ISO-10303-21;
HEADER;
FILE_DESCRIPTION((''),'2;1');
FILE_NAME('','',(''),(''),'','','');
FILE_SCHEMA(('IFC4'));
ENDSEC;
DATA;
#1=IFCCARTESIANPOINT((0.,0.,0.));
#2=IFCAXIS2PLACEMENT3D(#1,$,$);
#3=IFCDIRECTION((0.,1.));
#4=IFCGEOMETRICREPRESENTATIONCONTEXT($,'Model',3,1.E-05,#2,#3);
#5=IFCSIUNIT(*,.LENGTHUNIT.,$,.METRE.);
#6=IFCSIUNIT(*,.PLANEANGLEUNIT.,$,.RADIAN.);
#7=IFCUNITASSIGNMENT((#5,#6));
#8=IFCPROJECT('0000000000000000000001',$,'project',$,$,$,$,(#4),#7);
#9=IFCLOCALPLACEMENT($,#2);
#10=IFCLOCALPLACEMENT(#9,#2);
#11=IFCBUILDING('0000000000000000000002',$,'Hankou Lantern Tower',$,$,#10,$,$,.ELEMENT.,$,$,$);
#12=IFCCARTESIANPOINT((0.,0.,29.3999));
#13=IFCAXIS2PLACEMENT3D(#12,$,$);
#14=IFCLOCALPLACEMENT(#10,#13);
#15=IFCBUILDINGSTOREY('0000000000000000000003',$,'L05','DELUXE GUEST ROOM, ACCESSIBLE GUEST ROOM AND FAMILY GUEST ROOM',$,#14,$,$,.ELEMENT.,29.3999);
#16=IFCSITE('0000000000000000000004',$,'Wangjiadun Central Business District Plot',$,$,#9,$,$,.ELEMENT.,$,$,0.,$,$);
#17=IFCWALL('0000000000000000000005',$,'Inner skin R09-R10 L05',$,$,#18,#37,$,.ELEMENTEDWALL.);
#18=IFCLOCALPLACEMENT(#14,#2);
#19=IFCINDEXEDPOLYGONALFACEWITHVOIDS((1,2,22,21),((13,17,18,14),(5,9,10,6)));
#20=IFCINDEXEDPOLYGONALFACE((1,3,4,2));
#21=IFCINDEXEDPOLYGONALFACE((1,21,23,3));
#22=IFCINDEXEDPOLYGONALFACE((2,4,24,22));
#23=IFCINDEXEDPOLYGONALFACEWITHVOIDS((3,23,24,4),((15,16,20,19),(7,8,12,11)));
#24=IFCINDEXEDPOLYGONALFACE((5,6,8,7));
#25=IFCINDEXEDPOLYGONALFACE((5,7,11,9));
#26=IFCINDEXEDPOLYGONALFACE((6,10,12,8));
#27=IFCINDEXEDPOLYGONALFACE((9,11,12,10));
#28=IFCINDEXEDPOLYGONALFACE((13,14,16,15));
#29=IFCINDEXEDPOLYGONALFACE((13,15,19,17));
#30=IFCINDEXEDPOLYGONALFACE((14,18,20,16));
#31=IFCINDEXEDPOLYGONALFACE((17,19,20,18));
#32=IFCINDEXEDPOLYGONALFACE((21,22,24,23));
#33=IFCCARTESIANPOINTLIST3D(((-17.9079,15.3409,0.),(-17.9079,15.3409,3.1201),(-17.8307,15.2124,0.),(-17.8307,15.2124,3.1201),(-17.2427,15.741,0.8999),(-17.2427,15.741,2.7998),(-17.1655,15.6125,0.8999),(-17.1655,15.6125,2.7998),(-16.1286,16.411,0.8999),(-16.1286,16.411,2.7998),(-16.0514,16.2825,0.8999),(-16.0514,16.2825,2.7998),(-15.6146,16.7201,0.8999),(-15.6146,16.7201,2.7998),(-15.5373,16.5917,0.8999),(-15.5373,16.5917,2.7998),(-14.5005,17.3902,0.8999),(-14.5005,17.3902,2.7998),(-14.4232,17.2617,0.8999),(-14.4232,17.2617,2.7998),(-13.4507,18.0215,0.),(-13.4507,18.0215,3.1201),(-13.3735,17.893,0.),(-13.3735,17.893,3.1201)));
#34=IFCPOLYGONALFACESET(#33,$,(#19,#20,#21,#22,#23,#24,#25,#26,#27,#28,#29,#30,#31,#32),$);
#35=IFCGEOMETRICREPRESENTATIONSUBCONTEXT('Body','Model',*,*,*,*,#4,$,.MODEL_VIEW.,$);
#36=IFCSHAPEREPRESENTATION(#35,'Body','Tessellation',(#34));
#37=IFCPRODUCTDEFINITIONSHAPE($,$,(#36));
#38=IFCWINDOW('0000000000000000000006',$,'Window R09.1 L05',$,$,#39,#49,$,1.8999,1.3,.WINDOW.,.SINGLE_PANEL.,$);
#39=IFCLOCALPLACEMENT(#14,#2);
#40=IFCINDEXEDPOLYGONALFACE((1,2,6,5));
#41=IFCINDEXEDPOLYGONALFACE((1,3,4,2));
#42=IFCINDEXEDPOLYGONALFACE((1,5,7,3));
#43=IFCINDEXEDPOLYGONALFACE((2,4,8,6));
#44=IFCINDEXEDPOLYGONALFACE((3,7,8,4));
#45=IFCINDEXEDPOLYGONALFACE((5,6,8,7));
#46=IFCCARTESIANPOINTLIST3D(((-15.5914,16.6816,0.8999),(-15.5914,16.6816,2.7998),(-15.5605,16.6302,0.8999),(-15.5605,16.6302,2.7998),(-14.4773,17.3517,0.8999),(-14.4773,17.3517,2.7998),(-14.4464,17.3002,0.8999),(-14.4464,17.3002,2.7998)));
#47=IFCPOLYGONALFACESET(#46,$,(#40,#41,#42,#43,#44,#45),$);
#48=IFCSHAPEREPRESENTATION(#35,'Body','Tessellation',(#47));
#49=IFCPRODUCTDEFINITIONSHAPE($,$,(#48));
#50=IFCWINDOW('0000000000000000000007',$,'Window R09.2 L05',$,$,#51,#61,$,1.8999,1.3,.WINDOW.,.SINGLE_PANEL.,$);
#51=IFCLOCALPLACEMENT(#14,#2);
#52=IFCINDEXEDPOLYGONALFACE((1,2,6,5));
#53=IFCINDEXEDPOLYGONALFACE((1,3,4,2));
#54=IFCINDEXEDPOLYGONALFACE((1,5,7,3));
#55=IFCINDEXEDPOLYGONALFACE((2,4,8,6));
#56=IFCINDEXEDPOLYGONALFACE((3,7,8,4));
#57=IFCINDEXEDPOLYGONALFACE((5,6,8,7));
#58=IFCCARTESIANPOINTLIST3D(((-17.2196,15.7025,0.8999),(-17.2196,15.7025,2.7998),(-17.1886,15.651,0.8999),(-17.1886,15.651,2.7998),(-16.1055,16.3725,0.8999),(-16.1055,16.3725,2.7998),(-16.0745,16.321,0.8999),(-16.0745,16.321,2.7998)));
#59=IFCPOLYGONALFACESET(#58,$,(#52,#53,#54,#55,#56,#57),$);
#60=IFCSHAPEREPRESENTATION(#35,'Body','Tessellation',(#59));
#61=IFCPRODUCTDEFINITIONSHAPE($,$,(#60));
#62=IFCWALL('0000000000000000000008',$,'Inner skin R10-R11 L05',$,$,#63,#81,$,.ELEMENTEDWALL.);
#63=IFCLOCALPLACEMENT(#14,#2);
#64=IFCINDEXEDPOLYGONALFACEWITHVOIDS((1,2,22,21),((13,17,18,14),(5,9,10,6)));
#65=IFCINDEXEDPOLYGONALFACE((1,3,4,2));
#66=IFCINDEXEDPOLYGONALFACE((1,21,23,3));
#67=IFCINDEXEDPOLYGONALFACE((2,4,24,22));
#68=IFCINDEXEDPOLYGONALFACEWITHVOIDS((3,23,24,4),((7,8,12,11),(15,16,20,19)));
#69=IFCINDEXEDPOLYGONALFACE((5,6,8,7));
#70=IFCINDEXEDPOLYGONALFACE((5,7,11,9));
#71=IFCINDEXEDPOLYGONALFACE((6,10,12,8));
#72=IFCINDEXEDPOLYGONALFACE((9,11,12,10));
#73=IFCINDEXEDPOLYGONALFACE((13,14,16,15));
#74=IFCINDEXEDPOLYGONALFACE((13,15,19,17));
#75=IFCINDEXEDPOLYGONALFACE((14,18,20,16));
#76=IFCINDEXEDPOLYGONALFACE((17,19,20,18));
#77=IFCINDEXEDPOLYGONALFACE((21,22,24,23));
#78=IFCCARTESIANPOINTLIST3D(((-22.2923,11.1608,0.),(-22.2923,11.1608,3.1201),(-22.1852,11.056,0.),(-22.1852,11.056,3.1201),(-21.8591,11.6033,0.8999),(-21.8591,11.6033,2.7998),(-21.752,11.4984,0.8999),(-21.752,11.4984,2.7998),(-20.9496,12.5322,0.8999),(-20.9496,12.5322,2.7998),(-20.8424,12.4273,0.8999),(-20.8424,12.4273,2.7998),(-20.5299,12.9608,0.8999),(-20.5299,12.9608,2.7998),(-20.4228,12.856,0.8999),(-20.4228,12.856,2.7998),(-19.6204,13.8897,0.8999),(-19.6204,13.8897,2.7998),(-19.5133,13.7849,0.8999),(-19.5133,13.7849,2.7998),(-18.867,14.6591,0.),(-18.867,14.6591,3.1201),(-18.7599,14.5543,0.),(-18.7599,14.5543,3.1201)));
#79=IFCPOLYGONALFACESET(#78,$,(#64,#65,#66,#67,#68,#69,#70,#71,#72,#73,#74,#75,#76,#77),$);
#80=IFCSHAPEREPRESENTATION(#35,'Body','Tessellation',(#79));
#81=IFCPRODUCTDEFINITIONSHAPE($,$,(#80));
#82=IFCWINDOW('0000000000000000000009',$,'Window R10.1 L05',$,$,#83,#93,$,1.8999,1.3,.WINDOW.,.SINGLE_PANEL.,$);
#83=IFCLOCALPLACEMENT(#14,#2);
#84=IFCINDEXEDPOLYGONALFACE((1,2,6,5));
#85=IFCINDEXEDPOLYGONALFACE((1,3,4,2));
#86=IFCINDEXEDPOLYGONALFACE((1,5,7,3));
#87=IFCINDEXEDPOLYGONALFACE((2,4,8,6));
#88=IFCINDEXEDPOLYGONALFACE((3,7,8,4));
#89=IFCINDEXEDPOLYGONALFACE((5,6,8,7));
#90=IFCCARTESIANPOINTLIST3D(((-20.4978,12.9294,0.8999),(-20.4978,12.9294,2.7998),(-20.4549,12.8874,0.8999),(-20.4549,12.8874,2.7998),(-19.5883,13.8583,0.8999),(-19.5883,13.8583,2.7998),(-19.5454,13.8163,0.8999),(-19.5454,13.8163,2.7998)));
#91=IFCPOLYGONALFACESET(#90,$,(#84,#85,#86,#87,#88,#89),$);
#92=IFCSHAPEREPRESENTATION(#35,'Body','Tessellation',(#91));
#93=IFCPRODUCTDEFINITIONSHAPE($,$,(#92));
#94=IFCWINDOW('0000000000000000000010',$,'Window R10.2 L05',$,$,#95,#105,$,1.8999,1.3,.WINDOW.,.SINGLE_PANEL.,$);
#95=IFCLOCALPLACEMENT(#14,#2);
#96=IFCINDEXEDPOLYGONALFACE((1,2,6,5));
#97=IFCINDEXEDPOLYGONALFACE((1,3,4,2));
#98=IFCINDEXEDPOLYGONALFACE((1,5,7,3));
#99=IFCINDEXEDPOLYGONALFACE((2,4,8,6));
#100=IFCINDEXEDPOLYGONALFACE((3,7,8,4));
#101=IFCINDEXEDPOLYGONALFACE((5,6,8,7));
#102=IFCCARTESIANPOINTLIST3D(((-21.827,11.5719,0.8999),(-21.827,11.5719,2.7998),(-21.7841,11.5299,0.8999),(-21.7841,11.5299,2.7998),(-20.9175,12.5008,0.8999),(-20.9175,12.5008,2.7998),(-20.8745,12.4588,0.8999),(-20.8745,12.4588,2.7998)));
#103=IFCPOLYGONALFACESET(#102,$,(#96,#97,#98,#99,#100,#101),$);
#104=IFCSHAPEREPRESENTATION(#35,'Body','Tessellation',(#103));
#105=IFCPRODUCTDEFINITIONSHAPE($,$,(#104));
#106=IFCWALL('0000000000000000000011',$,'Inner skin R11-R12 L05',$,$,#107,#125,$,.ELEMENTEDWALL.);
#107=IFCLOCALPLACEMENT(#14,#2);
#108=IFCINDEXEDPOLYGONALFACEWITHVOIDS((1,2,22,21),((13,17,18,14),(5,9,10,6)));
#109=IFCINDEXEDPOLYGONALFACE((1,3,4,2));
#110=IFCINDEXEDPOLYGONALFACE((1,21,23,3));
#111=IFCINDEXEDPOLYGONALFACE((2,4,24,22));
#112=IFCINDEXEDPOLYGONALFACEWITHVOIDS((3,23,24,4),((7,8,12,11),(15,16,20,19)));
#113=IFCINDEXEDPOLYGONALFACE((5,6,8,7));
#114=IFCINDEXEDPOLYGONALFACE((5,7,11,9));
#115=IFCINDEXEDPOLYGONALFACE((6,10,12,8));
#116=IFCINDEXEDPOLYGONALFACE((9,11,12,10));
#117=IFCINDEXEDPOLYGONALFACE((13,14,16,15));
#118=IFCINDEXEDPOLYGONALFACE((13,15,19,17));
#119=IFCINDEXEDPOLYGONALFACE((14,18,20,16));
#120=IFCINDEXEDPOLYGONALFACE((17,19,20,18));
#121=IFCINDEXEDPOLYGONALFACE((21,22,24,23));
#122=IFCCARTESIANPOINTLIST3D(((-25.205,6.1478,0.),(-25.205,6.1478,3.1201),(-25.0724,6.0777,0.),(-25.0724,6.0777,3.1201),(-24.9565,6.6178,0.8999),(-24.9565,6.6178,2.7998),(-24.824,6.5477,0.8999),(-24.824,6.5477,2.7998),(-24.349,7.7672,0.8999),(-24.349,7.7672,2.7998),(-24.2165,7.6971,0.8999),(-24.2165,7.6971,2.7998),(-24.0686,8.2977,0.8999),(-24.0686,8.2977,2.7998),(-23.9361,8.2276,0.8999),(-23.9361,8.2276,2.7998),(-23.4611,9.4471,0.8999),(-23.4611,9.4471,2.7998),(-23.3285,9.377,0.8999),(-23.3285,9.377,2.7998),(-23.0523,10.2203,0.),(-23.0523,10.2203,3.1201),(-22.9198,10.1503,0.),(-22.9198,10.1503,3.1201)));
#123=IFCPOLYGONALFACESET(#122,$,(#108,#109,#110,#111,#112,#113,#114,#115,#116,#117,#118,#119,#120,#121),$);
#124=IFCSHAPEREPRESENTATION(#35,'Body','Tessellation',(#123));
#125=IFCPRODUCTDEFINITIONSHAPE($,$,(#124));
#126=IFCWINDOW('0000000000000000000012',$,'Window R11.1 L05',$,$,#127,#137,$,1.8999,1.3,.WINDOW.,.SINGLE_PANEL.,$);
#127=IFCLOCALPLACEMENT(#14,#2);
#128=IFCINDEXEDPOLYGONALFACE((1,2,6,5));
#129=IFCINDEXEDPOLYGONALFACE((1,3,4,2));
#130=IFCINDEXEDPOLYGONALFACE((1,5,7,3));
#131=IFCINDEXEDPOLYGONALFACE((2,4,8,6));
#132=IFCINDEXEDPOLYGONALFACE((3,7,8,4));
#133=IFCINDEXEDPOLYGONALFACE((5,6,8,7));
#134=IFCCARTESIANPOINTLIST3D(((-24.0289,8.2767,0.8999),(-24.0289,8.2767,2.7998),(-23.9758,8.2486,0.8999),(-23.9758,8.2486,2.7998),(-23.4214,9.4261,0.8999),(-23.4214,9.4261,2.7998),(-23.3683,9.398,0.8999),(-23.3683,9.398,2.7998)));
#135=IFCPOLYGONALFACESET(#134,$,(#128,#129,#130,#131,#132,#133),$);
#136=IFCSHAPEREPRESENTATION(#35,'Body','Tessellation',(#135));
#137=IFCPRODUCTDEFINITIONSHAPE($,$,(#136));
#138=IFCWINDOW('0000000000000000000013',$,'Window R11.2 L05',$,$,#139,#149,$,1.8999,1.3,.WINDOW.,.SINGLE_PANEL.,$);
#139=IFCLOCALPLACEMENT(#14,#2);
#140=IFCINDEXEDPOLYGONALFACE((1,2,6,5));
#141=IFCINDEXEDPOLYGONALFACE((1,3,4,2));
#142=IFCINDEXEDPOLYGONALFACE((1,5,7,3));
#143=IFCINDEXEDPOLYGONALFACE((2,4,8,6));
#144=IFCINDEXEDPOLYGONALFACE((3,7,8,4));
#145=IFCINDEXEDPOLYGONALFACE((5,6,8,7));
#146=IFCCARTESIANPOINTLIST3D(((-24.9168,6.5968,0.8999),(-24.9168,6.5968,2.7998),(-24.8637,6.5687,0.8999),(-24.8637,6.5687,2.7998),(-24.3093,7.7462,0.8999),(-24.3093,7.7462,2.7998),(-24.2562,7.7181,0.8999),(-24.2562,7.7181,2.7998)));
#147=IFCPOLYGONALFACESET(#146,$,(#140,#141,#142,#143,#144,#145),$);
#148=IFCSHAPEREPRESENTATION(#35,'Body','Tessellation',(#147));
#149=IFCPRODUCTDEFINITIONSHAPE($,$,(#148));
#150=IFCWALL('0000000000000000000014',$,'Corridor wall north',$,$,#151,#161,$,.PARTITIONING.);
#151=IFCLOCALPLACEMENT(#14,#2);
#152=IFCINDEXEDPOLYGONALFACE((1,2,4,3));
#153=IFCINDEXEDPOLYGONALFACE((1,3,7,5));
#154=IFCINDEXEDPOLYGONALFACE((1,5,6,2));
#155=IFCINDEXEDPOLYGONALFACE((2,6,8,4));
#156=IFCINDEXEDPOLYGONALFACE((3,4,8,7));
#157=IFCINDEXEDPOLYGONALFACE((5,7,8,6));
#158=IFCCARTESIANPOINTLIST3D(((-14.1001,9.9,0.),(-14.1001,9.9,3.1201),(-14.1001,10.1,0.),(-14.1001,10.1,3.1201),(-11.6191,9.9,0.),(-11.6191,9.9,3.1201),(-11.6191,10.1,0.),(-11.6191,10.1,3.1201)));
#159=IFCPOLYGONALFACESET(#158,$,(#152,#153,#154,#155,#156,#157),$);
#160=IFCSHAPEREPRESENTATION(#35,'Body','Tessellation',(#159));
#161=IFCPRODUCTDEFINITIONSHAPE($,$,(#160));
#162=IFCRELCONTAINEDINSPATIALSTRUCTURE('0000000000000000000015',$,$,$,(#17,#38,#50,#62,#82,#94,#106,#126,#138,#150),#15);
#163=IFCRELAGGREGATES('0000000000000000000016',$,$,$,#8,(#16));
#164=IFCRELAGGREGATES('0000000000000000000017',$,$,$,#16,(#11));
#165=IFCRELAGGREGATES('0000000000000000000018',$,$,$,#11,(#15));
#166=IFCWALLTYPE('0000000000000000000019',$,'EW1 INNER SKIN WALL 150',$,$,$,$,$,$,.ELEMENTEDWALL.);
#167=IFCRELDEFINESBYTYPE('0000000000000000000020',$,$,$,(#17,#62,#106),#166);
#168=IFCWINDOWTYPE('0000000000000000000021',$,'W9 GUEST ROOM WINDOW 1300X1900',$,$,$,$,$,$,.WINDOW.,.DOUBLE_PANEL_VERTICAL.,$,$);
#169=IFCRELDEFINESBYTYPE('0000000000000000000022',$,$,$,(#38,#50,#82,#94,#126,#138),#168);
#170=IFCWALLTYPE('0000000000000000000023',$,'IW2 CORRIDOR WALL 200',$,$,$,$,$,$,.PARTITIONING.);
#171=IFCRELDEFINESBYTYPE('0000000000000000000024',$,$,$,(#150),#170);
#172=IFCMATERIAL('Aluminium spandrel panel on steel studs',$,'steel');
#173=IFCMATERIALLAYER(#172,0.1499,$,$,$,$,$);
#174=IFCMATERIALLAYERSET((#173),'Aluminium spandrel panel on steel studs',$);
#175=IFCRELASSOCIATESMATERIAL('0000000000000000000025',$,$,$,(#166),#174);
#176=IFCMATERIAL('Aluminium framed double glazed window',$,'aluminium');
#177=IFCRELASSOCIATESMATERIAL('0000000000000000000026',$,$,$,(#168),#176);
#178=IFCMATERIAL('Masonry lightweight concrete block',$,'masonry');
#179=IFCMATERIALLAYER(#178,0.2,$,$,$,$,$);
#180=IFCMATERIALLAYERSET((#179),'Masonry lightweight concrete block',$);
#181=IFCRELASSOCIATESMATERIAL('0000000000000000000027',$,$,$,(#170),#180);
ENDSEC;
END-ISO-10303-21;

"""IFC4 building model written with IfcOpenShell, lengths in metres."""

from ifc_helpers import new_model, si_unit, direction, frame, frame_2d, origin, place, context, subcontext, project, spatial, rectangle, extrude, material, layer, layer_set, type_object, element, fill, save


model = new_model("IFC4")

# Units and contexts
model_context = context("Model", 3, precision=1e-05, world=origin(), true_north=direction((0.0, 1.0)))
body_context = subcontext(model_context, "Body", "Model", "MODEL_VIEW")
ifc_project = project(units=[si_unit("LENGTHUNIT", "METRE"), si_unit("PLANEANGLEUNIT", "RADIAN")], contexts=[model_context])

# Site, building, storey
site_placement = place(None, origin())
site = spatial("IfcSite", under=ifc_project, at=site_placement, Name="Wangjiadun Central Business District Plot", CompositionType="ELEMENT", RefElevation=0.0)
building_placement = place(site_placement, origin())
building = spatial("IfcBuilding", under=site, at=building_placement, Name="Hankou Lantern Tower", CompositionType="ELEMENT")
storey_placement = place(building_placement, frame((0.0, 0.0, 29.3999)))
storey = spatial("IfcBuildingStorey", under=building, at=storey_placement, Name="L05", Description="DELUXE GUEST ROOM, ACCESSIBLE GUEST ROOM AND FAMILY GUEST ROOM", CompositionType="ELEMENT", Elevation=29.3999)

# Walls, openings, windows
ifc_material_1 = material(Name="Aluminium spandrel panel on steel studs", Category="steel")
ifc_layer_1 = layer(ifc_material_1, 0.1499)
ifc_layer_set_1 = layer_set([ifc_layer_1], Name="Aluminium spandrel panel on steel studs")
wall_type_1 = type_object("IfcWallType", Name="EW1 INNER SKIN WALL 150", PredefinedType="ELEMENTEDWALL", material=ifc_layer_set_1)
wall_1_placement = place(storey_placement, frame((-13.4121, 17.9573, 0.0), z_axis=(0.0, 0.0, 1.0), x_axis=(-0.856958, -0.515386, 0.0)))
wall_1 = element("IfcWall", 1, at=wall_1_placement, inside=storey, type_object=wall_type_1, Name="Inner skin R09-R10 L05", PredefinedType="ELEMENTEDWALL", context=body_context, shape_type="SweptSolid", body=[
    extrude(rectangle(XDim=5.2012, YDim=0.1499, at=frame_2d((2.6006, 0.0))), origin(), (0.0, 0.0, 1.0), 3.1201),
])
opening_1_placement = place(wall_1_placement, frame((1.2251, 0.0, 0.8999)))
opening_1 = element("IfcOpeningElement", 2, at=opening_1_placement, cuts=wall_1, PredefinedType="OPENING", context=body_context, shape_type="SweptSolid", body=[
    extrude(rectangle(XDim=1.3, YDim=1.8999, at=frame_2d((0.6499, 0.95))), frame((0.0, 0.085, 0.0), z_axis=(0.0, -1.0, 0.0), x_axis=(1.0, 0.0, 0.0)), (0.0, 0.0, 1.0), 0.1699),
])
opening_2_placement = place(wall_1_placement, frame((3.125, 0.0, 0.8999)))
opening_2 = element("IfcOpeningElement", 3, at=opening_2_placement, cuts=wall_1, PredefinedType="OPENING", context=body_context, shape_type="SweptSolid", body=[
    extrude(rectangle(XDim=1.3, YDim=1.8999, at=frame_2d((0.6499, 0.95))), frame((0.0, 0.085, 0.0), z_axis=(0.0, -1.0, 0.0), x_axis=(1.0, 0.0, 0.0)), (0.0, 0.0, 1.0), 0.1699),
])
ifc_material_2 = material(Name="Aluminium framed double glazed window", Category="aluminium")
window_type = type_object("IfcWindowType", Name="W9 GUEST ROOM WINDOW 1300X1900", PartitioningType="DOUBLE_PANEL_VERTICAL", PredefinedType="WINDOW", material=ifc_material_2)
window_1_placement = place(opening_1_placement, origin())
window_1 = element("IfcWindow", 4, at=window_1_placement, inside=storey, type_object=window_type, Name="Window R09.1 L05", OverallHeight=1.8999, OverallWidth=1.3, PartitioningType="SINGLE_PANEL", PredefinedType="WINDOW", context=body_context, shape_type="SweptSolid", body=[
    extrude(rectangle(XDim=1.3, YDim=1.8999, at=frame_2d((0.6499, 0.95))), frame((0.0, 0.03, 0.0), z_axis=(0.0, -1.0, 0.0), x_axis=(1.0, 0.0, 0.0)), (0.0, 0.0, 1.0), 0.0601),
])
fill(opening_1, window_1)
window_2_placement = place(opening_2_placement, origin())
window_2 = element("IfcWindow", 5, at=window_2_placement, inside=storey, type_object=window_type, Name="Window R09.2 L05", OverallHeight=1.8999, OverallWidth=1.3, PartitioningType="SINGLE_PANEL", PredefinedType="WINDOW", context=body_context, shape_type="SweptSolid", body=[
    extrude(rectangle(XDim=1.3, YDim=1.8999, at=frame_2d((0.6499, 0.95))), frame((0.0, 0.03, 0.0), z_axis=(0.0, -1.0, 0.0), x_axis=(1.0, 0.0, 0.0)), (0.0, 0.0, 1.0), 0.0601),
])
fill(opening_2, window_2)
wall_2_placement = place(storey_placement, frame((-18.8135, 14.6067, 0.0), z_axis=(0.0, 0.0, 1.0), x_axis=(-0.699613, -0.714522, 0.0)))
wall_2 = element("IfcWall", 6, at=wall_2_placement, inside=storey, type_object=wall_type_1, Name="Inner skin R10-R11 L05", PredefinedType="ELEMENTEDWALL", context=body_context, shape_type="SweptSolid", body=[
    extrude(rectangle(XDim=4.896, YDim=0.1499, at=frame_2d((2.448, 0.0))), origin(), (0.0, 0.0, 1.0), 3.1201),
])
opening_3_placement = place(wall_2_placement, frame((1.0769, 0.0, 0.8999)))
opening_3 = element("IfcOpeningElement", 7, at=opening_3_placement, cuts=wall_2, PredefinedType="OPENING", context=body_context, shape_type="SweptSolid", body=[
    extrude(rectangle(XDim=1.3, YDim=1.8999, at=frame_2d((0.6499, 0.95))), frame((0.0, 0.085, 0.0), z_axis=(0.0, -1.0, 0.0), x_axis=(1.0, 0.0, 0.0)), (0.0, 0.0, 1.0), 0.1699),
])
opening_4_placement = place(wall_2_placement, frame((2.9768, 0.0, 0.8999)))
opening_4 = element("IfcOpeningElement", 8, at=opening_4_placement, cuts=wall_2, PredefinedType="OPENING", context=body_context, shape_type="SweptSolid", body=[
    extrude(rectangle(XDim=1.3, YDim=1.8999, at=frame_2d((0.6499, 0.95))), frame((0.0, 0.085, 0.0), z_axis=(0.0, -1.0, 0.0), x_axis=(1.0, 0.0, 0.0)), (0.0, 0.0, 1.0), 0.1699),
])
window_3_placement = place(opening_3_placement, origin())
window_3 = element("IfcWindow", 9, at=window_3_placement, inside=storey, type_object=window_type, Name="Window R10.1 L05", OverallHeight=1.8999, OverallWidth=1.3, PartitioningType="SINGLE_PANEL", PredefinedType="WINDOW", context=body_context, shape_type="SweptSolid", body=[
    extrude(rectangle(XDim=1.3, YDim=1.8999, at=frame_2d((0.6499, 0.95))), frame((0.0, 0.03, 0.0), z_axis=(0.0, -1.0, 0.0), x_axis=(1.0, 0.0, 0.0)), (0.0, 0.0, 1.0), 0.0601),
])
fill(opening_3, window_3)
window_4_placement = place(opening_4_placement, origin())
window_4 = element("IfcWindow", 10, at=window_4_placement, inside=storey, type_object=window_type, Name="Window R10.2 L05", OverallHeight=1.8999, OverallWidth=1.3, PartitioningType="SINGLE_PANEL", PredefinedType="WINDOW", context=body_context, shape_type="SweptSolid", body=[
    extrude(rectangle(XDim=1.3, YDim=1.8999, at=frame_2d((0.6499, 0.95))), frame((0.0, 0.03, 0.0), z_axis=(0.0, -1.0, 0.0), x_axis=(1.0, 0.0, 0.0)), (0.0, 0.0, 1.0), 0.0601),
])
fill(opening_4, window_4)
wall_3_placement = place(storey_placement, frame((-22.9861, 10.1853, 0.0), z_axis=(0.0, 0.0, 1.0), x_axis=(-0.467303, -0.884097, 0.0)))
wall_3 = element("IfcWall", 11, at=wall_3_placement, inside=storey, type_object=wall_type_1, Name="Inner skin R11-R12 L05", PredefinedType="ELEMENTEDWALL", context=body_context, shape_type="SweptSolid", body=[
    extrude(rectangle(XDim=4.6064, YDim=0.1499, at=frame_2d((2.3032, 0.0))), origin(), (0.0, 0.0, 1.0), 3.1201),
])
opening_5_placement = place(wall_3_placement, frame((0.8748, 0.0, 0.8999)))
opening_5 = element("IfcOpeningElement", 12, at=opening_5_placement, cuts=wall_3, PredefinedType="OPENING", context=body_context, shape_type="SweptSolid", body=[
    extrude(rectangle(XDim=1.3, YDim=1.8999, at=frame_2d((0.6499, 0.95))), frame((0.0, 0.085, 0.0), z_axis=(0.0, -1.0, 0.0), x_axis=(1.0, 0.0, 0.0)), (0.0, 0.0, 1.0), 0.1699),
])
opening_6_placement = place(wall_3_placement, frame((2.7749, 0.0, 0.8999)))
opening_6 = element("IfcOpeningElement", 13, at=opening_6_placement, cuts=wall_3, PredefinedType="OPENING", context=body_context, shape_type="SweptSolid", body=[
    extrude(rectangle(XDim=1.3, YDim=1.8999, at=frame_2d((0.6499, 0.95))), frame((0.0, 0.085, 0.0), z_axis=(0.0, -1.0, 0.0), x_axis=(1.0, 0.0, 0.0)), (0.0, 0.0, 1.0), 0.1699),
])
window_5_placement = place(opening_5_placement, origin())
window_5 = element("IfcWindow", 14, at=window_5_placement, inside=storey, type_object=window_type, Name="Window R11.1 L05", OverallHeight=1.8999, OverallWidth=1.3, PartitioningType="SINGLE_PANEL", PredefinedType="WINDOW", context=body_context, shape_type="SweptSolid", body=[
    extrude(rectangle(XDim=1.3, YDim=1.8999, at=frame_2d((0.6499, 0.95))), frame((0.0, 0.03, 0.0), z_axis=(0.0, -1.0, 0.0), x_axis=(1.0, 0.0, 0.0)), (0.0, 0.0, 1.0), 0.0601),
])
fill(opening_5, window_5)
window_6_placement = place(opening_6_placement, origin())
window_6 = element("IfcWindow", 15, at=window_6_placement, inside=storey, type_object=window_type, Name="Window R11.2 L05", OverallHeight=1.8999, OverallWidth=1.3, PartitioningType="SINGLE_PANEL", PredefinedType="WINDOW", context=body_context, shape_type="SweptSolid", body=[
    extrude(rectangle(XDim=1.3, YDim=1.8999, at=frame_2d((0.6499, 0.95))), frame((0.0, 0.03, 0.0), z_axis=(0.0, -1.0, 0.0), x_axis=(1.0, 0.0, 0.0)), (0.0, 0.0, 1.0), 0.0601),
])
fill(opening_6, window_6)

# Wall
ifc_material_3 = material(Name="Masonry lightweight concrete block", Category="masonry")
ifc_layer_2 = layer(ifc_material_3, 0.2)
ifc_layer_set_2 = layer_set([ifc_layer_2], Name="Masonry lightweight concrete block")
wall_type_2 = type_object("IfcWallType", Name="IW2 CORRIDOR WALL 200", PredefinedType="PARTITIONING", material=ifc_layer_set_2)
wall_4_placement = place(storey_placement, frame((-14.1001, 10.0, 0.0), z_axis=(0.0, 0.0, 1.0), x_axis=(1.0, 0.0, 0.0)))
element("IfcWall", 16, at=wall_4_placement, inside=storey, type_object=wall_type_2, Name="Corridor wall north", PredefinedType="PARTITIONING", context=body_context, shape_type="SweptSolid", body=[
    extrude(rectangle(XDim=2.481, YDim=0.2, at=frame_2d((1.2405, 0.0))), origin(), (0.0, 0.0, 1.0), 3.1201),
])

save(model, "model.ifc")
